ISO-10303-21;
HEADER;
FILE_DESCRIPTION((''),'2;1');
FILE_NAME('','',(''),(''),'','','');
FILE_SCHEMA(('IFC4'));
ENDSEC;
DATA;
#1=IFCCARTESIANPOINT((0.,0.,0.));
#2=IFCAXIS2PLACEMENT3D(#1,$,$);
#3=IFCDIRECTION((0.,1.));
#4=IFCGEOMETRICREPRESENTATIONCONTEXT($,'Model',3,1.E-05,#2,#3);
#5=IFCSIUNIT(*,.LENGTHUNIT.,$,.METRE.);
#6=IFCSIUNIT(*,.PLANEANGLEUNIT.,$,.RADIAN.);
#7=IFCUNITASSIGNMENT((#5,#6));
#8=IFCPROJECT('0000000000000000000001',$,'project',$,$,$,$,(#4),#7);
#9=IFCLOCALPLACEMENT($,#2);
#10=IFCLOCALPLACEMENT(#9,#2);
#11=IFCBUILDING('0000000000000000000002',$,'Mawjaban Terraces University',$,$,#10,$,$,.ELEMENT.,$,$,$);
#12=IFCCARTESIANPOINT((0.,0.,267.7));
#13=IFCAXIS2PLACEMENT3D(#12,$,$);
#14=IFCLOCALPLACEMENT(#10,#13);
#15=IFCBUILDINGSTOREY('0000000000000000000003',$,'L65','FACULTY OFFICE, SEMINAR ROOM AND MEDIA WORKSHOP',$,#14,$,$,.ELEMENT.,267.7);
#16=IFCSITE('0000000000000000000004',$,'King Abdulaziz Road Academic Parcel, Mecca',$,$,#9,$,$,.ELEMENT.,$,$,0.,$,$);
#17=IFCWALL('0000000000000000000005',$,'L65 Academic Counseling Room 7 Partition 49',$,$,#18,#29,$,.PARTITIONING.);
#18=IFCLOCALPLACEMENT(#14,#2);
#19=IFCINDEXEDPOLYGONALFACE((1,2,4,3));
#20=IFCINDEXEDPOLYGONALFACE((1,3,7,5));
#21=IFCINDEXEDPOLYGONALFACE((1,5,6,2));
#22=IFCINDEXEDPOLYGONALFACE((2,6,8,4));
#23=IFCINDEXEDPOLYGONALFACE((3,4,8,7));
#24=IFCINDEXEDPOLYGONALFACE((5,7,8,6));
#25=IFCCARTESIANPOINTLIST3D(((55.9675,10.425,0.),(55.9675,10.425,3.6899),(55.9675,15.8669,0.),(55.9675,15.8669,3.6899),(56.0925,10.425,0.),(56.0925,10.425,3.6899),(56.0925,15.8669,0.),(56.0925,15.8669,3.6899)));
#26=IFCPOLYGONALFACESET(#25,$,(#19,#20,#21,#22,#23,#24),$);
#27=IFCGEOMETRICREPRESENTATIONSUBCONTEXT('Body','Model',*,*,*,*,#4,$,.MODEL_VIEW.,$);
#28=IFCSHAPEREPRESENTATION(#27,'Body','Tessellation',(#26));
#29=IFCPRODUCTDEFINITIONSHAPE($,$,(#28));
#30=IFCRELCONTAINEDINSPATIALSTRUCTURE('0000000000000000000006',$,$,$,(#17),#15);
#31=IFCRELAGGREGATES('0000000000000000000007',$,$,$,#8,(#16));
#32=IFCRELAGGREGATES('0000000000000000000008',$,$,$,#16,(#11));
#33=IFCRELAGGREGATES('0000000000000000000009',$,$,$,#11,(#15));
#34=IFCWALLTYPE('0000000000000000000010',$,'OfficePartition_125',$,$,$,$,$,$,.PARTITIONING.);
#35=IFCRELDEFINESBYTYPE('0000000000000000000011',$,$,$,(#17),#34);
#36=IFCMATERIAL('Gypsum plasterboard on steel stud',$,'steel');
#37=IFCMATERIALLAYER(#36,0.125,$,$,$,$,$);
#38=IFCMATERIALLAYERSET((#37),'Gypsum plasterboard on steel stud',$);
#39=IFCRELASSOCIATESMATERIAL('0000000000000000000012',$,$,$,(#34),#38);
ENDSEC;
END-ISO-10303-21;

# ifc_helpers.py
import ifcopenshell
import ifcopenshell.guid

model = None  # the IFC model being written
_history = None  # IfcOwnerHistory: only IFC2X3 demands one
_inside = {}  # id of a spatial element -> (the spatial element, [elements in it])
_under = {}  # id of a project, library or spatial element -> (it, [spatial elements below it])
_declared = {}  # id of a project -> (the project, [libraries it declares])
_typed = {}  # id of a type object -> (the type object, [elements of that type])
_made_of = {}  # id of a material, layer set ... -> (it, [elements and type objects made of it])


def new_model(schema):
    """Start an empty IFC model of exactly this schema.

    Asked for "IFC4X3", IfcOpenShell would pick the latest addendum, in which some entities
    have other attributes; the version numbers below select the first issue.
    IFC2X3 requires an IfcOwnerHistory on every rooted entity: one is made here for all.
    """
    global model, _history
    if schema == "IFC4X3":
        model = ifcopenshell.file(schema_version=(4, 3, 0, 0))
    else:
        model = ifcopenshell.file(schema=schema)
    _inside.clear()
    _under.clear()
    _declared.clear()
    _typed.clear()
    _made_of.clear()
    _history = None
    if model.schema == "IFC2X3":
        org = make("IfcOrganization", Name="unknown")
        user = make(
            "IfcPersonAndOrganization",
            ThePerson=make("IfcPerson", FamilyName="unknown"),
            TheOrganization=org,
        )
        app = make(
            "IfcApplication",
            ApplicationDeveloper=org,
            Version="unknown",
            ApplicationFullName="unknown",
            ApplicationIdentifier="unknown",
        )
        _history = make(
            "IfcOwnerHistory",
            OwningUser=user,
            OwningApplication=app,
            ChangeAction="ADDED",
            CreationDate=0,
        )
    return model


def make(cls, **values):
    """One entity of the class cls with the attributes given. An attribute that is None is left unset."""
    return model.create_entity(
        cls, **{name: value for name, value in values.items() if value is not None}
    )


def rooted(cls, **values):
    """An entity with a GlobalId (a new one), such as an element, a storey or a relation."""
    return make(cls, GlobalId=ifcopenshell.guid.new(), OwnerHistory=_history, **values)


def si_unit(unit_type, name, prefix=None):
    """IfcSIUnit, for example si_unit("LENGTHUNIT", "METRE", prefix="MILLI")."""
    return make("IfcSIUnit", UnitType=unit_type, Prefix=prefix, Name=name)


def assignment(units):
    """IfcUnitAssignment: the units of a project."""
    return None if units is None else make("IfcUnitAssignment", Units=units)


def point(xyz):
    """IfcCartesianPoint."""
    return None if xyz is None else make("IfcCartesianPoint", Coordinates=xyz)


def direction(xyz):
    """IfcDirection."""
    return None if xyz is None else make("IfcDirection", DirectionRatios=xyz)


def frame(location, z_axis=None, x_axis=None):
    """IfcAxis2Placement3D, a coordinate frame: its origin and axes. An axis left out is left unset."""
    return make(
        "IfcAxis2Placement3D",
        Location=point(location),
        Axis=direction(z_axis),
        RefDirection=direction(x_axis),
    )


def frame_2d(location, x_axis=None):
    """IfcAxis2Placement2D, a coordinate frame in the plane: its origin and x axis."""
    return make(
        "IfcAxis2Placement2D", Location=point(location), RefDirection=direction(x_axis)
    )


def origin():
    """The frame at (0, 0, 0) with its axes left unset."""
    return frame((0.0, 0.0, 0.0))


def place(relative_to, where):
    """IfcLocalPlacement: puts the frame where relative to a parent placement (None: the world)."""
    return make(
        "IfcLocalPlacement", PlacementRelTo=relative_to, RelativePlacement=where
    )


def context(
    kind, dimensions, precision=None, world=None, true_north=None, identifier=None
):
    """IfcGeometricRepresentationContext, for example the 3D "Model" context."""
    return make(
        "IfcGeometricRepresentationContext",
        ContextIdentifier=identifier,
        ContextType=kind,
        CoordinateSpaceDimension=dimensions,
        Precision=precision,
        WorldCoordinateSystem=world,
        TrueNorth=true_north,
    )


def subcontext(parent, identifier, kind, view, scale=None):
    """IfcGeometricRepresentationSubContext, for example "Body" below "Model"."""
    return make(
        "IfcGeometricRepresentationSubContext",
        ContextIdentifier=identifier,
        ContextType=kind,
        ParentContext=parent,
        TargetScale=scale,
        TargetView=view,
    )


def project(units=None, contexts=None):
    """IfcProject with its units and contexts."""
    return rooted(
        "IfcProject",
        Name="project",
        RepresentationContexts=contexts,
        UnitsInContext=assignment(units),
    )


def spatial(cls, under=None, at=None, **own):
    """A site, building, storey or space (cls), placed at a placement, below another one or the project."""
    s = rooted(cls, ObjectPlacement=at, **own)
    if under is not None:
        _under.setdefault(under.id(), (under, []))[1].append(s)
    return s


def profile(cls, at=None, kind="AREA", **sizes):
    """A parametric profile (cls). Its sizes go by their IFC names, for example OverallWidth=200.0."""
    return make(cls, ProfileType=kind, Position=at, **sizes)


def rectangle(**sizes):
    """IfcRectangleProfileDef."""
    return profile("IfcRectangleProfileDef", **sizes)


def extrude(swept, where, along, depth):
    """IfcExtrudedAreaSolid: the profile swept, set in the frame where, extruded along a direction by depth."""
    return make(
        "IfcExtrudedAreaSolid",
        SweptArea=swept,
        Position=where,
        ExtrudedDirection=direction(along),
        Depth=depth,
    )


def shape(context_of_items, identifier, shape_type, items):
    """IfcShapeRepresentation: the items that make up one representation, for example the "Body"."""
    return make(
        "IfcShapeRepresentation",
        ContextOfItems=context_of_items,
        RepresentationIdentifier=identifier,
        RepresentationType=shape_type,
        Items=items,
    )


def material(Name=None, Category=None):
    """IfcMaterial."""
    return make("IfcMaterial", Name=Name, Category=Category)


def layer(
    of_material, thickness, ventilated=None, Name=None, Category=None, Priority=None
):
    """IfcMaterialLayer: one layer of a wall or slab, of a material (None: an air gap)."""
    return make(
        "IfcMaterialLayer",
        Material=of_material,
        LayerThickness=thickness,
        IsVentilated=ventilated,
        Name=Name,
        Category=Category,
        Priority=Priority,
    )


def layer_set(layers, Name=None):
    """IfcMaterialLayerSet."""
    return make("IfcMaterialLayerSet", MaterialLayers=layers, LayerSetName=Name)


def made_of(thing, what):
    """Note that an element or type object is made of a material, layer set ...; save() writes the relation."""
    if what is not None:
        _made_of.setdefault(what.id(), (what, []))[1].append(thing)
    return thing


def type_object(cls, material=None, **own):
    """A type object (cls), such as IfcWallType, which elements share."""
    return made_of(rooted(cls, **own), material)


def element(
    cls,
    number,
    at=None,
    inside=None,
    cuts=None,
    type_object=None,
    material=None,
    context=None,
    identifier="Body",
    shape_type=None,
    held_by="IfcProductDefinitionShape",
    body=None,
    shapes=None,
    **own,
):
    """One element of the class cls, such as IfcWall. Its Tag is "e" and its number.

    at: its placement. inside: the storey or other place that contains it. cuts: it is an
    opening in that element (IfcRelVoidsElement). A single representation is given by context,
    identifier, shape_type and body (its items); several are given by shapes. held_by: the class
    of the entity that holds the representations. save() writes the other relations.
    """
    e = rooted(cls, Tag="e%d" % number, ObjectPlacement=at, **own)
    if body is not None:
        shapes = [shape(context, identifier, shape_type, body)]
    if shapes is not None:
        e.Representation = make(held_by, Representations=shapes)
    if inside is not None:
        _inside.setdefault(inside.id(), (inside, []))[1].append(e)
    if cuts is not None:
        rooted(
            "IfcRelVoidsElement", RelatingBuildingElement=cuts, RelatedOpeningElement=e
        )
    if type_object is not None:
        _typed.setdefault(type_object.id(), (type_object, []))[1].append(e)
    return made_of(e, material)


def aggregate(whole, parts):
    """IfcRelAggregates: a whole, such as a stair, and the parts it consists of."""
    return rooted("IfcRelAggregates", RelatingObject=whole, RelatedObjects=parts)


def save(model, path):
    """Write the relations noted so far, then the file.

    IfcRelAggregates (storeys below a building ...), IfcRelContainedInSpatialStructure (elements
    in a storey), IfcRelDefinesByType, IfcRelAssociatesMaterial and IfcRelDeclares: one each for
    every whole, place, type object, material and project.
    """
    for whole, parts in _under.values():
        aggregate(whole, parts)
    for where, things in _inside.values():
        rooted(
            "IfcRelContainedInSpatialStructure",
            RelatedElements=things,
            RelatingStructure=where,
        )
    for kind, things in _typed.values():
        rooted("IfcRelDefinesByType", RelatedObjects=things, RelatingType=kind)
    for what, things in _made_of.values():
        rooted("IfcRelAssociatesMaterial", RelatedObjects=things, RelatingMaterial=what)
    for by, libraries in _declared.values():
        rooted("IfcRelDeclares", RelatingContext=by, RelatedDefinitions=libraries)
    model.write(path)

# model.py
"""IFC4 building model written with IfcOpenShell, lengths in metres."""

from ifc_helpers import new_model, si_unit, direction, frame, frame_2d, origin, place, context, subcontext, project, spatial, rectangle, extrude, material, layer, layer_set, type_object, element, save


model = new_model("IFC4")

# Units and contexts
model_context = context("Model", 3, precision=1e-05, world=origin(), true_north=direction((0.0, 1.0)))
body_context = subcontext(model_context, "Body", "Model", "MODEL_VIEW")
ifc_project = project(units=[si_unit("LENGTHUNIT", "METRE"), si_unit("PLANEANGLEUNIT", "RADIAN")], contexts=[model_context])

# Site, building, storey
site_placement = place(None, origin())
site = spatial("IfcSite", under=ifc_project, at=site_placement, Name="King Abdulaziz Road Academic Parcel, Mecca", CompositionType="ELEMENT", RefElevation=0.0)
building_placement = place(site_placement, origin())
building = spatial("IfcBuilding", under=site, at=building_placement, Name="Mawjaban Terraces University", CompositionType="ELEMENT")
storey_placement = place(building_placement, frame((0.0, 0.0, 267.7)))
storey = spatial("IfcBuildingStorey", under=building, at=storey_placement, Name="L65", Description="FACULTY OFFICE, SEMINAR ROOM AND MEDIA WORKSHOP", CompositionType="ELEMENT", Elevation=267.7)

# Shared definitions
ifc_material_1 = material(Name="Gypsum plasterboard on steel stud", Category="steel")
ifc_layer_1 = layer(ifc_material_1, 0.125)
ifc_layer_set_1 = layer_set([ifc_layer_1], Name="Gypsum plasterboard on steel stud")
wall_type_1 = type_object("IfcWallType", Name="OfficePartition_125", PredefinedType="PARTITIONING", material=ifc_layer_set_1)

# Wall
wall_1_placement = place(storey_placement, frame((56.03, 10.425, 0.0), z_axis=(0.0, 0.0, 1.0), x_axis=(0.0, 1.0, 0.0)))
element("IfcWall", 1, at=wall_1_placement, inside=storey, type_object=wall_type_1, Name="L65 Academic Counseling Room 7 Partition 49", PredefinedType="PARTITIONING", context=body_context, shape_type="SweptSolid", body=[
    extrude(rectangle(XDim=5.4419, YDim=0.125, at=frame_2d((2.7209, 0.0))), origin(), (0.0, 0.0, 1.0), 3.6899),
])

save(model, "model.ifc")
